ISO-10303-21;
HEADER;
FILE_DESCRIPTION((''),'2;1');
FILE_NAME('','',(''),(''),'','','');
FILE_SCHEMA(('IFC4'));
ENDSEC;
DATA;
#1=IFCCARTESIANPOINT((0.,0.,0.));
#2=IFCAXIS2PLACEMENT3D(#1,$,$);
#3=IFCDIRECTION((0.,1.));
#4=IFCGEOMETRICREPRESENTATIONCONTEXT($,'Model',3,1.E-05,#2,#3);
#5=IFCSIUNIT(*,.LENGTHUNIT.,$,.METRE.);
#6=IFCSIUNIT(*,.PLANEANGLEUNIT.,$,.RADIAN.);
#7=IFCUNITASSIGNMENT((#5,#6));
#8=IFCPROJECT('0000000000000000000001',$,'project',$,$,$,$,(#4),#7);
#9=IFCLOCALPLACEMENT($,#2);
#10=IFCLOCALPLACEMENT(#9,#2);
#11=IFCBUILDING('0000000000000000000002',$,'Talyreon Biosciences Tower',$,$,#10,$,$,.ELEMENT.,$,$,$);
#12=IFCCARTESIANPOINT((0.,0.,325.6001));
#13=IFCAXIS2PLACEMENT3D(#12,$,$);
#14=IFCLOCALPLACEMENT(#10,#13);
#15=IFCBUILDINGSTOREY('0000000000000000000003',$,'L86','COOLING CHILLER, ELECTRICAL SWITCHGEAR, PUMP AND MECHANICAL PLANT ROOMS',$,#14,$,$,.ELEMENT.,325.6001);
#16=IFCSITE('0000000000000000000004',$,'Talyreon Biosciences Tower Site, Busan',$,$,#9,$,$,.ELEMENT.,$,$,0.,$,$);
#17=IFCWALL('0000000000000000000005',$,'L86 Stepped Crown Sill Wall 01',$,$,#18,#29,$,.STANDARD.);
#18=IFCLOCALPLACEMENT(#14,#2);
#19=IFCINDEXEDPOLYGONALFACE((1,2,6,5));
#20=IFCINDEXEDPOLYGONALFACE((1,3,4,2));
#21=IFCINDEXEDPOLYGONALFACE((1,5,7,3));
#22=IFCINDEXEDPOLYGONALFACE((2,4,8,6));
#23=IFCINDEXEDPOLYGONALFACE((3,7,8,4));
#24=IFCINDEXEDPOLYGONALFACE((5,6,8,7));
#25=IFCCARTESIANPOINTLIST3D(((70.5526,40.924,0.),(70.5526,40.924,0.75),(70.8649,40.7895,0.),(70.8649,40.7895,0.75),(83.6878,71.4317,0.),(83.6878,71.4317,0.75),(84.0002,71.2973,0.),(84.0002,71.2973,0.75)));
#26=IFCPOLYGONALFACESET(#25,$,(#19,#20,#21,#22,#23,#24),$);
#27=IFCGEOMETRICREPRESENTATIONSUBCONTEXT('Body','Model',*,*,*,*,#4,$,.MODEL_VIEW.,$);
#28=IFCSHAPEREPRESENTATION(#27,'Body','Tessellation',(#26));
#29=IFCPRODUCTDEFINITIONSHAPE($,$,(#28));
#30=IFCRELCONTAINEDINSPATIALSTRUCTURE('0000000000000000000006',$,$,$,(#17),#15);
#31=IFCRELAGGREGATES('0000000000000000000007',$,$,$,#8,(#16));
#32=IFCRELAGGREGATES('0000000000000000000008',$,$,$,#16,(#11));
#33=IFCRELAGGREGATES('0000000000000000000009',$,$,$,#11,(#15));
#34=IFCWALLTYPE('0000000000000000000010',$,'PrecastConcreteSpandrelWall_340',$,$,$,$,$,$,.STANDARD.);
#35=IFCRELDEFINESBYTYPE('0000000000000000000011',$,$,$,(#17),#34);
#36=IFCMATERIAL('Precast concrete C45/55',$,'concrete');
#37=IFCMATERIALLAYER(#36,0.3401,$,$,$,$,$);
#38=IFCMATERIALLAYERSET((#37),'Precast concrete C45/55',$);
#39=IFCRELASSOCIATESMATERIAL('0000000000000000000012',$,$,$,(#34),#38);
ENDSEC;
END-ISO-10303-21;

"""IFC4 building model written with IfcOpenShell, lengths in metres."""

from ifc_helpers import new_model, si_unit, direction, frame, frame_2d, origin, place, context, subcontext, project, spatial, rectangle, extrude, material, layer, layer_set, type_object, element, save


model = new_model("IFC4")

# Units and contexts
model_context = context("Model", 3, precision=1e-05, world=origin(), true_north=direction((0.0, 1.0)))
body_context = subcontext(model_context, "Body", "Model", "MODEL_VIEW")
ifc_project = project(units=[si_unit("LENGTHUNIT", "METRE"), si_unit("PLANEANGLEUNIT", "RADIAN")], contexts=[model_context])

# Site, building, storey
site_placement = place(None, origin())
site = spatial("IfcSite", under=ifc_project, at=site_placement, Name="Talyreon Biosciences Tower Site, Busan", CompositionType="ELEMENT", RefElevation=0.0)
building_placement = place(site_placement, origin())
building = spatial("IfcBuilding", under=site, at=building_placement, Name="Talyreon Biosciences Tower", CompositionType="ELEMENT")
storey_placement = place(building_placement, frame((0.0, 0.0, 325.6001)))
storey = spatial("IfcBuildingStorey", under=building, at=storey_placement, Name="L86", Description="COOLING CHILLER, ELECTRICAL SWITCHGEAR, PUMP AND MECHANICAL PLANT ROOMS", CompositionType="ELEMENT", Elevation=325.6001)

# Wall
ifc_material_1 = material(Name="Precast concrete C45/55", Category="concrete")
ifc_layer_1 = layer(ifc_material_1, 0.3401)
ifc_layer_set_1 = layer_set([ifc_layer_1], Name="Precast concrete C45/55")
wall_type_1 = type_object("IfcWallType", Name="PrecastConcreteSpandrelWall_340", PredefinedType="STANDARD", material=ifc_layer_set_1)
wall_1_placement = place(storey_placement, frame((83.844, 71.3645, 0.0), z_axis=(0.0, 0.0, 1.0), x_axis=(-0.395457, -0.918485, 0.0)))
element("IfcWall", 1, at=wall_1_placement, inside=storey, type_object=wall_type_1, Name="L86 Stepped Crown Sill Wall 01", PredefinedType="STANDARD", context=body_context, shape_type="SweptSolid", body=[
    extrude(rectangle(XDim=33.2153, YDim=0.3401, at=frame_2d((16.6077, 0.0))), origin(), (0.0, 0.0, 1.0), 0.75),
])

save(model, "model.ifc")
